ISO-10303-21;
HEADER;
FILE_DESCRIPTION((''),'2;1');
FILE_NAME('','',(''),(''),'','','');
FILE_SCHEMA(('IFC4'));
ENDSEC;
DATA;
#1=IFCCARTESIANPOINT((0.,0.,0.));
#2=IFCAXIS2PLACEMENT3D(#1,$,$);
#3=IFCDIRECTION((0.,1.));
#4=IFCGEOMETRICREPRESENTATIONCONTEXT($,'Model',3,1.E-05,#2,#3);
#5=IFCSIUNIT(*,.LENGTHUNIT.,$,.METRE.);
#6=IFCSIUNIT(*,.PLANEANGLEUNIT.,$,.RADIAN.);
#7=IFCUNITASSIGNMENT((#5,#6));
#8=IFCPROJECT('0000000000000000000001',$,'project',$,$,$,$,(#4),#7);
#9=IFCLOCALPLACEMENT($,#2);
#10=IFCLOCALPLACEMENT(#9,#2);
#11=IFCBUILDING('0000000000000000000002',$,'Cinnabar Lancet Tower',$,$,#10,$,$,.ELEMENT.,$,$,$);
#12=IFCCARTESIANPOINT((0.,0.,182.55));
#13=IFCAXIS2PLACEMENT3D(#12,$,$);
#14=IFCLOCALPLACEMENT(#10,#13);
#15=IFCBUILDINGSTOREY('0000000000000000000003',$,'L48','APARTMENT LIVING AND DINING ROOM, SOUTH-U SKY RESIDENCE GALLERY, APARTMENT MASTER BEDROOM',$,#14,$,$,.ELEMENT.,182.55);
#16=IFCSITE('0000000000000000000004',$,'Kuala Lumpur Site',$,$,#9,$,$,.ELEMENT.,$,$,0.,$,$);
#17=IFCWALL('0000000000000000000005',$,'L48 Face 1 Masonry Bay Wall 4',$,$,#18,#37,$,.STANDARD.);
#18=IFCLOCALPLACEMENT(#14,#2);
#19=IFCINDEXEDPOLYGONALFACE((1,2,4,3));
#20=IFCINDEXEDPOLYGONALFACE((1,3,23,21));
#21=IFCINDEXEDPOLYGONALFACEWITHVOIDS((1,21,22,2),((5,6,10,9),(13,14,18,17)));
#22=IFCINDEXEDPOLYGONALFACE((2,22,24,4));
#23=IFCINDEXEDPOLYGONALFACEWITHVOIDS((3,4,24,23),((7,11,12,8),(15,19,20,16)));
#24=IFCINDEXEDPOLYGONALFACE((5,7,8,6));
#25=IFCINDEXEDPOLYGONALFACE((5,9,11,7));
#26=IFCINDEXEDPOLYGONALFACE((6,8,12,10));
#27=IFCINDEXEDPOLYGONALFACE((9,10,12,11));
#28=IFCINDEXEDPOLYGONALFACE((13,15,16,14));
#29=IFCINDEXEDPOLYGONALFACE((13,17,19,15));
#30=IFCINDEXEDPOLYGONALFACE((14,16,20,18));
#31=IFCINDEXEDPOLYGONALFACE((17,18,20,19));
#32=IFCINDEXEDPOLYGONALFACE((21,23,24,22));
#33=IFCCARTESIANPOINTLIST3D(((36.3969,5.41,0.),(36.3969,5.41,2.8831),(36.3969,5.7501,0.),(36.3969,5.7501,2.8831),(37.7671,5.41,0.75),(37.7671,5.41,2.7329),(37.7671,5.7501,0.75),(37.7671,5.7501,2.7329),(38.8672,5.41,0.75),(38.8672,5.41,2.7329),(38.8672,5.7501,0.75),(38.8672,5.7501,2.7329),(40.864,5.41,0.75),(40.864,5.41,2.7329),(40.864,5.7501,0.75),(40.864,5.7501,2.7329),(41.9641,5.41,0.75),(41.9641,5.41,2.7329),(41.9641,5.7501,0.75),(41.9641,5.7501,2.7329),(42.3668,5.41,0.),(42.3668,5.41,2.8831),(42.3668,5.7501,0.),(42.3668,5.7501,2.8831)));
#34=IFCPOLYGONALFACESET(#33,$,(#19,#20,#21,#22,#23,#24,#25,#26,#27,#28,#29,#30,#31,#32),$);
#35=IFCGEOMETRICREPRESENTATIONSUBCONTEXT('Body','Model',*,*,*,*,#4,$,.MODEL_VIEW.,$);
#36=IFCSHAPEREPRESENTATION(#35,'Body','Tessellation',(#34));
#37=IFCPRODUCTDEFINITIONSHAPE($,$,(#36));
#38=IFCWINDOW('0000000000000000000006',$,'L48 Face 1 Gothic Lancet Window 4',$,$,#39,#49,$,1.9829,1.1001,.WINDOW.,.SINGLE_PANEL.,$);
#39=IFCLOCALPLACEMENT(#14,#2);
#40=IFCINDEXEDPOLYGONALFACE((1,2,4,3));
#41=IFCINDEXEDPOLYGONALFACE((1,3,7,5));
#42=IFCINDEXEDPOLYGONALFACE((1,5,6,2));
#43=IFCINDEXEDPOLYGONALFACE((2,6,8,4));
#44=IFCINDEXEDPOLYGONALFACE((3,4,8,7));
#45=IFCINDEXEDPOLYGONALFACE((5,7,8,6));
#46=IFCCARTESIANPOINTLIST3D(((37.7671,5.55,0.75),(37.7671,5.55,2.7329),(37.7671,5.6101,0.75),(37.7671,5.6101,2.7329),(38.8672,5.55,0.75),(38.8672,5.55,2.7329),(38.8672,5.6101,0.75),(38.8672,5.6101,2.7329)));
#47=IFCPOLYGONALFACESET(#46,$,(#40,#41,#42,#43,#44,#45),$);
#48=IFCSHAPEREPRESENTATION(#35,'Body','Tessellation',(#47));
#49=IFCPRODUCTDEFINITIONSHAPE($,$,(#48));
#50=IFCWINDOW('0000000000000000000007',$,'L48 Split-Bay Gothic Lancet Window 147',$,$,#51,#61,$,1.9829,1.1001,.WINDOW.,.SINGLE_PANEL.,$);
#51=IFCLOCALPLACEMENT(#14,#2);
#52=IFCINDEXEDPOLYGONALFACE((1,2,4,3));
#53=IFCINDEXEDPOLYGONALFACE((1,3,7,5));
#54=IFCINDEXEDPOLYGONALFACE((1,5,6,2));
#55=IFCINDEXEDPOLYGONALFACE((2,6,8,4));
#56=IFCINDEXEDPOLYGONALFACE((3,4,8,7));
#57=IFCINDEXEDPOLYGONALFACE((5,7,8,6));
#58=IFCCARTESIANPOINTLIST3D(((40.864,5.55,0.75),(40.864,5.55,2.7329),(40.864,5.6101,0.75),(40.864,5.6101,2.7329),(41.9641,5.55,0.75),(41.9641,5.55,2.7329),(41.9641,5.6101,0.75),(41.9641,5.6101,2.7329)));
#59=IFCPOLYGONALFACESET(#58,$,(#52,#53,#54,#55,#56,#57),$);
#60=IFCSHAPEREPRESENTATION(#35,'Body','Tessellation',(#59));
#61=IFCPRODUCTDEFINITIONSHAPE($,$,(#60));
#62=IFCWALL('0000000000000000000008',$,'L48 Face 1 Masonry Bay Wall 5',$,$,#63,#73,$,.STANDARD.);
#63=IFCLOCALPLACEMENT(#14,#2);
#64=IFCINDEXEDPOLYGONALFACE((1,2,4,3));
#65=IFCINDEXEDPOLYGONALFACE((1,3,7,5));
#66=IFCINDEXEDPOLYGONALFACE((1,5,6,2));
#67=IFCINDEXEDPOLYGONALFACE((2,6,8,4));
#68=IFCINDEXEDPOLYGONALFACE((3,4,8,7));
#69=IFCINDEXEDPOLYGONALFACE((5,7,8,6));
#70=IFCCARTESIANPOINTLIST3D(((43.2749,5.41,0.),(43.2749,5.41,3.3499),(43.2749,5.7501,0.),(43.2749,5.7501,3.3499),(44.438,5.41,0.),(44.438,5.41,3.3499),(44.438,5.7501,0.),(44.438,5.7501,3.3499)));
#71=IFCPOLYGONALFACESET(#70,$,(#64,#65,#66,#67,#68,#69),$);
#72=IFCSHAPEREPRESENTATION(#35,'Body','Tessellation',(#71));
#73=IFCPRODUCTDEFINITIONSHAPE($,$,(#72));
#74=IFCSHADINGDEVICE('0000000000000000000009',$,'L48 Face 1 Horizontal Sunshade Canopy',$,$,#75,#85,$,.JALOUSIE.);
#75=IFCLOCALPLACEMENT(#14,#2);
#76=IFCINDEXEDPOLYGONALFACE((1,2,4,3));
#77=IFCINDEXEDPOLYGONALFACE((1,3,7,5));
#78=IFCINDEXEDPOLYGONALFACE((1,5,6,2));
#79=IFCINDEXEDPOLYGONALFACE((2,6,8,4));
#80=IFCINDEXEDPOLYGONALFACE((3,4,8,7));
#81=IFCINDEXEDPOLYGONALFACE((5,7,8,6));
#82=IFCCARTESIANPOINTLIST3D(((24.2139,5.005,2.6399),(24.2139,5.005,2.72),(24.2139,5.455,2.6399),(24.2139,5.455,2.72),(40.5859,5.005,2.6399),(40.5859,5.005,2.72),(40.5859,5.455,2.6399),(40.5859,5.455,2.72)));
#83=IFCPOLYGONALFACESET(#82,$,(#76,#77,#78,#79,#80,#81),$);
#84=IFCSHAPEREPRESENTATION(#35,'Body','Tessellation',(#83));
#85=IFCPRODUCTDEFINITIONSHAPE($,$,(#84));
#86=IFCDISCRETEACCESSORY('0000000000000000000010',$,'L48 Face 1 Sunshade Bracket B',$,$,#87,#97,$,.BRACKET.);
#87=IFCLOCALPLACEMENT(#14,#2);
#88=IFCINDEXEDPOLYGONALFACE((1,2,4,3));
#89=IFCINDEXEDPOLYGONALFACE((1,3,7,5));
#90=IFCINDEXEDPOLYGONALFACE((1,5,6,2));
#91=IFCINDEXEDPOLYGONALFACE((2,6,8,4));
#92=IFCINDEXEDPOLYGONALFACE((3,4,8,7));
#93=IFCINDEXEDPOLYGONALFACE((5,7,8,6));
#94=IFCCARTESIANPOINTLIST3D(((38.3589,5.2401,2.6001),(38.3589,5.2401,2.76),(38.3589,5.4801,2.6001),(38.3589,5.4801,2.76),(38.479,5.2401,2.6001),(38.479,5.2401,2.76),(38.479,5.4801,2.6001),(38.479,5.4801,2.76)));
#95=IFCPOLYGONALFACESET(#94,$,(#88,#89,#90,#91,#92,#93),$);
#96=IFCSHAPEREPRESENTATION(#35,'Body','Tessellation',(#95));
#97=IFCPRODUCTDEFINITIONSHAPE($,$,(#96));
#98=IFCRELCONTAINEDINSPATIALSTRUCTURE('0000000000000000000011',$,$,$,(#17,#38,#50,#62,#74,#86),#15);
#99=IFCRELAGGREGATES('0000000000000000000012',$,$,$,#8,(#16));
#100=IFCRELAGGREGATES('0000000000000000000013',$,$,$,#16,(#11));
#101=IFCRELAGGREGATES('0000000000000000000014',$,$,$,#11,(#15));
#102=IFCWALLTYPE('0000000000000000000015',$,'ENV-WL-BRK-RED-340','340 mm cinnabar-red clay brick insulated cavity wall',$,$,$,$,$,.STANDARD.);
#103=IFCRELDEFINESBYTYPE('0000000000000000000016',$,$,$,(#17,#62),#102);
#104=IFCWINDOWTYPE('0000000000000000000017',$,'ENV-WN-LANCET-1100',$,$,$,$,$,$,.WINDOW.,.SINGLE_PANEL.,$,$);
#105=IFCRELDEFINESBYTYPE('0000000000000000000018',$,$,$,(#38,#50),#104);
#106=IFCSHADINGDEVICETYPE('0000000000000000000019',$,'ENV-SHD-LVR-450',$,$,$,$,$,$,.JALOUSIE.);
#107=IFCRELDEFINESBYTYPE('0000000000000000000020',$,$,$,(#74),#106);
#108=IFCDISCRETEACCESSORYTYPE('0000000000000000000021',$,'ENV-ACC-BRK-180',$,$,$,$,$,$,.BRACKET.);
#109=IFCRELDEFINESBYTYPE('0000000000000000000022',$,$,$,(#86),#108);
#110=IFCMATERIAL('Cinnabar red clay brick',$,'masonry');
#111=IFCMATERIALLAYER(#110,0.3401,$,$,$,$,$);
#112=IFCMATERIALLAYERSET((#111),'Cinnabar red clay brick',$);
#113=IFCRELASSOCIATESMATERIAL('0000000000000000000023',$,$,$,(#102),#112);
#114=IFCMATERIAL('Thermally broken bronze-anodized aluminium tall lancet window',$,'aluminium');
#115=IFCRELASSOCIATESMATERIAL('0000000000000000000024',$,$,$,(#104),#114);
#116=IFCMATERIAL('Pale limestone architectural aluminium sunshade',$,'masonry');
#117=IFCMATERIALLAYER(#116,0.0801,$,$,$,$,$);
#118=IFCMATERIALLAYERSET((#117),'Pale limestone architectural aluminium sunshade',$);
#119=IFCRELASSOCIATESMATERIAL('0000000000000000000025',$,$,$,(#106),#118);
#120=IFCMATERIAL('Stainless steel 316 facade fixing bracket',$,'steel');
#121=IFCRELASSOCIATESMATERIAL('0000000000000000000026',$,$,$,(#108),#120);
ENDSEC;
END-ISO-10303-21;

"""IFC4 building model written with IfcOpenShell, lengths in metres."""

from ifc_helpers import new_model, si_unit, direction, frame, frame_2d, origin, origin_2d, place, context, subcontext, project, spatial, rectangle, extrude, material, layer, layer_set, type_object, element, fill, save


model = new_model("IFC4")

# Units and contexts
model_context = context("Model", 3, precision=1e-05, world=origin(), true_north=direction((0.0, 1.0)))
body_context = subcontext(model_context, "Body", "Model", "MODEL_VIEW")
ifc_project = project(units=[si_unit("LENGTHUNIT", "METRE"), si_unit("PLANEANGLEUNIT", "RADIAN")], contexts=[model_context])

# Site, building, storey
site_placement = place(None, origin())
site = spatial("IfcSite", under=ifc_project, at=site_placement, Name="Kuala Lumpur Site", CompositionType="ELEMENT", RefElevation=0.0)
building_placement = place(site_placement, origin())
building = spatial("IfcBuilding", under=site, at=building_placement, Name="Cinnabar Lancet Tower", CompositionType="ELEMENT")
storey_placement = place(building_placement, frame((0.0, 0.0, 182.55)))
storey = spatial("IfcBuildingStorey", under=building, at=storey_placement, Name="L48", Description="APARTMENT LIVING AND DINING ROOM, SOUTH-U SKY RESIDENCE GALLERY, APARTMENT MASTER BEDROOM", CompositionType="ELEMENT", Elevation=182.55)

# Wall, openings, windows
ifc_material_1 = material(Name="Cinnabar red clay brick", Category="masonry")
ifc_layer_1 = layer(ifc_material_1, 0.3401)
ifc_layer_set_1 = layer_set([ifc_layer_1], Name="Cinnabar red clay brick")
wall_type_1 = type_object("IfcWallType", Name="ENV-WL-BRK-RED-340", Description="340 mm cinnabar-red clay brick insulated cavity wall", PredefinedType="STANDARD", material=ifc_layer_set_1)
wall_1_placement = place(storey_placement, frame((36.397, 5.5801, 0.0), z_axis=(0.0, 0.0, 1.0), x_axis=(1.0, 0.0, 0.0)))
wall_1 = element("IfcWall", 1, at=wall_1_placement, inside=storey, type_object=wall_type_1, Name="L48 Face 1 Masonry Bay Wall 4", PredefinedType="STANDARD", context=body_context, shape_type="SweptSolid", body=[
    extrude(rectangle(XDim=5.97, YDim=0.3401, at=frame_2d((2.9849, 0.0))), origin(), (0.0, 0.0, 1.0), 2.8831),
])
opening_1_placement = place(wall_1_placement, frame((1.3701, 0.0, 0.75)))
opening_1 = element("IfcOpeningElement", 2, at=opening_1_placement, cuts=wall_1, PredefinedType="OPENING", context=body_context, shape_type="SweptSolid", body=[
    extrude(rectangle(XDim=1.1001, YDim=1.9829, at=frame_2d((0.55, 0.9915))), frame((0.0, 0.1799, 0.0), z_axis=(0.0, -1.0, 0.0), x_axis=(1.0, 0.0, 0.0)), (0.0, 0.0, 1.0), 0.3601),
])
opening_2_placement = place(wall_1_placement, frame((4.467, 0.0, 0.75)))
opening_2 = element("IfcOpeningElement", 3, at=opening_2_placement, cuts=wall_1, PredefinedType="OPENING", context=body_context, shape_type="SweptSolid", body=[
    extrude(rectangle(XDim=1.1001, YDim=1.9829, at=frame_2d((0.55, 0.9915))), frame((0.0, 0.1799, 0.0), z_axis=(0.0, -1.0, 0.0), x_axis=(1.0, 0.0, 0.0)), (0.0, 0.0, 1.0), 0.3601),
])
ifc_material_2 = material(Name="Thermally broken bronze-anodized aluminium tall lancet window", Category="aluminium")
window_type = type_object("IfcWindowType", Name="ENV-WN-LANCET-1100", PartitioningType="SINGLE_PANEL", PredefinedType="WINDOW", material=ifc_material_2)
window_1_placement = place(opening_1_placement, origin())
window_1 = element("IfcWindow", 4, at=window_1_placement, inside=storey, type_object=window_type, Name="L48 Face 1 Gothic Lancet Window 4", OverallHeight=1.9829, OverallWidth=1.1001, PartitioningType="SINGLE_PANEL", PredefinedType="WINDOW", context=body_context, shape_type="SweptSolid", body=[
    extrude(rectangle(XDim=1.1001, YDim=1.9829, at=frame_2d((0.55, 0.9915))), frame((0.0, 0.03, 0.0), z_axis=(0.0, -1.0, 0.0), x_axis=(1.0, 0.0, 0.0)), (0.0, 0.0, 1.0), 0.0601),
])
fill(opening_1, window_1)
window_2_placement = place(opening_2_placement, origin())
window_2 = element("IfcWindow", 5, at=window_2_placement, inside=storey, type_object=window_type, Name="L48 Split-Bay Gothic Lancet Window 147", OverallHeight=1.9829, OverallWidth=1.1001, PartitioningType="SINGLE_PANEL", PredefinedType="WINDOW", context=body_context, shape_type="SweptSolid", body=[
    extrude(rectangle(XDim=1.1001, YDim=1.9829, at=frame_2d((0.55, 0.9915))), frame((0.0, 0.03, 0.0), z_axis=(0.0, -1.0, 0.0), x_axis=(1.0, 0.0, 0.0)), (0.0, 0.0, 1.0), 0.0601),
])
fill(opening_2, window_2)

# Wall
wall_2_placement = place(storey_placement, frame((43.2749, 5.5801, 0.0), z_axis=(0.0, 0.0, 1.0), x_axis=(1.0, 0.0, 0.0)))
element("IfcWall", 6, at=wall_2_placement, inside=storey, type_object=wall_type_1, Name="L48 Face 1 Masonry Bay Wall 5", PredefinedType="STANDARD", context=body_context, shape_type="SweptSolid", body=[
    extrude(rectangle(XDim=1.1631, YDim=0.3401, at=frame_2d((0.5815, 0.0))), origin(), (0.0, 0.0, 1.0), 3.3499),
])

# Shading device
ifc_material_3 = material(Name="Pale limestone architectural aluminium sunshade", Category="masonry")
ifc_layer_2 = layer(ifc_material_3, 0.0801)
ifc_layer_set_2 = layer_set([ifc_layer_2], Name="Pale limestone architectural aluminium sunshade")
shading_device_type = type_object("IfcShadingDeviceType", Name="ENV-SHD-LVR-450", PredefinedType="JALOUSIE", material=ifc_layer_set_2)
shading_device_placement = place(storey_placement, frame((32.3999, 5.23, 2.6399), z_axis=(0.0, 0.0, 1.0), x_axis=(1.0, 0.0, 0.0)))
element("IfcShadingDevice", 7, at=shading_device_placement, inside=storey, type_object=shading_device_type, Name="L48 Face 1 Horizontal Sunshade Canopy", PredefinedType="JALOUSIE", context=body_context, shape_type="SweptSolid", body=[
    extrude(rectangle(XDim=16.3721, YDim=0.45, at=origin_2d()), origin(), (0.0, 0.0, 1.0), 0.0801),
])

# Discrete accessory
ifc_material_4 = material(Name="Stainless steel 316 facade fixing bracket", Category="steel")
discrete_accessory_type = type_object("IfcDiscreteAccessoryType", Name="ENV-ACC-BRK-180", PredefinedType="BRACKET", material=ifc_material_4)
discrete_accessory_placement = place(storey_placement, frame((38.4189, 5.3601, 2.6001), z_axis=(0.0, 0.0, 1.0), x_axis=(1.0, 0.0, 0.0)))
element("IfcDiscreteAccessory", 8, at=discrete_accessory_placement, inside=storey, type_object=discrete_accessory_type, Name="L48 Face 1 Sunshade Bracket B", PredefinedType="BRACKET", context=body_context, shape_type="SweptSolid", body=[
    extrude(rectangle(XDim=0.1201, YDim=0.24, at=origin_2d()), origin(), (0.0, 0.0, 1.0), 0.1599),
])

save(model, "model.ifc")
